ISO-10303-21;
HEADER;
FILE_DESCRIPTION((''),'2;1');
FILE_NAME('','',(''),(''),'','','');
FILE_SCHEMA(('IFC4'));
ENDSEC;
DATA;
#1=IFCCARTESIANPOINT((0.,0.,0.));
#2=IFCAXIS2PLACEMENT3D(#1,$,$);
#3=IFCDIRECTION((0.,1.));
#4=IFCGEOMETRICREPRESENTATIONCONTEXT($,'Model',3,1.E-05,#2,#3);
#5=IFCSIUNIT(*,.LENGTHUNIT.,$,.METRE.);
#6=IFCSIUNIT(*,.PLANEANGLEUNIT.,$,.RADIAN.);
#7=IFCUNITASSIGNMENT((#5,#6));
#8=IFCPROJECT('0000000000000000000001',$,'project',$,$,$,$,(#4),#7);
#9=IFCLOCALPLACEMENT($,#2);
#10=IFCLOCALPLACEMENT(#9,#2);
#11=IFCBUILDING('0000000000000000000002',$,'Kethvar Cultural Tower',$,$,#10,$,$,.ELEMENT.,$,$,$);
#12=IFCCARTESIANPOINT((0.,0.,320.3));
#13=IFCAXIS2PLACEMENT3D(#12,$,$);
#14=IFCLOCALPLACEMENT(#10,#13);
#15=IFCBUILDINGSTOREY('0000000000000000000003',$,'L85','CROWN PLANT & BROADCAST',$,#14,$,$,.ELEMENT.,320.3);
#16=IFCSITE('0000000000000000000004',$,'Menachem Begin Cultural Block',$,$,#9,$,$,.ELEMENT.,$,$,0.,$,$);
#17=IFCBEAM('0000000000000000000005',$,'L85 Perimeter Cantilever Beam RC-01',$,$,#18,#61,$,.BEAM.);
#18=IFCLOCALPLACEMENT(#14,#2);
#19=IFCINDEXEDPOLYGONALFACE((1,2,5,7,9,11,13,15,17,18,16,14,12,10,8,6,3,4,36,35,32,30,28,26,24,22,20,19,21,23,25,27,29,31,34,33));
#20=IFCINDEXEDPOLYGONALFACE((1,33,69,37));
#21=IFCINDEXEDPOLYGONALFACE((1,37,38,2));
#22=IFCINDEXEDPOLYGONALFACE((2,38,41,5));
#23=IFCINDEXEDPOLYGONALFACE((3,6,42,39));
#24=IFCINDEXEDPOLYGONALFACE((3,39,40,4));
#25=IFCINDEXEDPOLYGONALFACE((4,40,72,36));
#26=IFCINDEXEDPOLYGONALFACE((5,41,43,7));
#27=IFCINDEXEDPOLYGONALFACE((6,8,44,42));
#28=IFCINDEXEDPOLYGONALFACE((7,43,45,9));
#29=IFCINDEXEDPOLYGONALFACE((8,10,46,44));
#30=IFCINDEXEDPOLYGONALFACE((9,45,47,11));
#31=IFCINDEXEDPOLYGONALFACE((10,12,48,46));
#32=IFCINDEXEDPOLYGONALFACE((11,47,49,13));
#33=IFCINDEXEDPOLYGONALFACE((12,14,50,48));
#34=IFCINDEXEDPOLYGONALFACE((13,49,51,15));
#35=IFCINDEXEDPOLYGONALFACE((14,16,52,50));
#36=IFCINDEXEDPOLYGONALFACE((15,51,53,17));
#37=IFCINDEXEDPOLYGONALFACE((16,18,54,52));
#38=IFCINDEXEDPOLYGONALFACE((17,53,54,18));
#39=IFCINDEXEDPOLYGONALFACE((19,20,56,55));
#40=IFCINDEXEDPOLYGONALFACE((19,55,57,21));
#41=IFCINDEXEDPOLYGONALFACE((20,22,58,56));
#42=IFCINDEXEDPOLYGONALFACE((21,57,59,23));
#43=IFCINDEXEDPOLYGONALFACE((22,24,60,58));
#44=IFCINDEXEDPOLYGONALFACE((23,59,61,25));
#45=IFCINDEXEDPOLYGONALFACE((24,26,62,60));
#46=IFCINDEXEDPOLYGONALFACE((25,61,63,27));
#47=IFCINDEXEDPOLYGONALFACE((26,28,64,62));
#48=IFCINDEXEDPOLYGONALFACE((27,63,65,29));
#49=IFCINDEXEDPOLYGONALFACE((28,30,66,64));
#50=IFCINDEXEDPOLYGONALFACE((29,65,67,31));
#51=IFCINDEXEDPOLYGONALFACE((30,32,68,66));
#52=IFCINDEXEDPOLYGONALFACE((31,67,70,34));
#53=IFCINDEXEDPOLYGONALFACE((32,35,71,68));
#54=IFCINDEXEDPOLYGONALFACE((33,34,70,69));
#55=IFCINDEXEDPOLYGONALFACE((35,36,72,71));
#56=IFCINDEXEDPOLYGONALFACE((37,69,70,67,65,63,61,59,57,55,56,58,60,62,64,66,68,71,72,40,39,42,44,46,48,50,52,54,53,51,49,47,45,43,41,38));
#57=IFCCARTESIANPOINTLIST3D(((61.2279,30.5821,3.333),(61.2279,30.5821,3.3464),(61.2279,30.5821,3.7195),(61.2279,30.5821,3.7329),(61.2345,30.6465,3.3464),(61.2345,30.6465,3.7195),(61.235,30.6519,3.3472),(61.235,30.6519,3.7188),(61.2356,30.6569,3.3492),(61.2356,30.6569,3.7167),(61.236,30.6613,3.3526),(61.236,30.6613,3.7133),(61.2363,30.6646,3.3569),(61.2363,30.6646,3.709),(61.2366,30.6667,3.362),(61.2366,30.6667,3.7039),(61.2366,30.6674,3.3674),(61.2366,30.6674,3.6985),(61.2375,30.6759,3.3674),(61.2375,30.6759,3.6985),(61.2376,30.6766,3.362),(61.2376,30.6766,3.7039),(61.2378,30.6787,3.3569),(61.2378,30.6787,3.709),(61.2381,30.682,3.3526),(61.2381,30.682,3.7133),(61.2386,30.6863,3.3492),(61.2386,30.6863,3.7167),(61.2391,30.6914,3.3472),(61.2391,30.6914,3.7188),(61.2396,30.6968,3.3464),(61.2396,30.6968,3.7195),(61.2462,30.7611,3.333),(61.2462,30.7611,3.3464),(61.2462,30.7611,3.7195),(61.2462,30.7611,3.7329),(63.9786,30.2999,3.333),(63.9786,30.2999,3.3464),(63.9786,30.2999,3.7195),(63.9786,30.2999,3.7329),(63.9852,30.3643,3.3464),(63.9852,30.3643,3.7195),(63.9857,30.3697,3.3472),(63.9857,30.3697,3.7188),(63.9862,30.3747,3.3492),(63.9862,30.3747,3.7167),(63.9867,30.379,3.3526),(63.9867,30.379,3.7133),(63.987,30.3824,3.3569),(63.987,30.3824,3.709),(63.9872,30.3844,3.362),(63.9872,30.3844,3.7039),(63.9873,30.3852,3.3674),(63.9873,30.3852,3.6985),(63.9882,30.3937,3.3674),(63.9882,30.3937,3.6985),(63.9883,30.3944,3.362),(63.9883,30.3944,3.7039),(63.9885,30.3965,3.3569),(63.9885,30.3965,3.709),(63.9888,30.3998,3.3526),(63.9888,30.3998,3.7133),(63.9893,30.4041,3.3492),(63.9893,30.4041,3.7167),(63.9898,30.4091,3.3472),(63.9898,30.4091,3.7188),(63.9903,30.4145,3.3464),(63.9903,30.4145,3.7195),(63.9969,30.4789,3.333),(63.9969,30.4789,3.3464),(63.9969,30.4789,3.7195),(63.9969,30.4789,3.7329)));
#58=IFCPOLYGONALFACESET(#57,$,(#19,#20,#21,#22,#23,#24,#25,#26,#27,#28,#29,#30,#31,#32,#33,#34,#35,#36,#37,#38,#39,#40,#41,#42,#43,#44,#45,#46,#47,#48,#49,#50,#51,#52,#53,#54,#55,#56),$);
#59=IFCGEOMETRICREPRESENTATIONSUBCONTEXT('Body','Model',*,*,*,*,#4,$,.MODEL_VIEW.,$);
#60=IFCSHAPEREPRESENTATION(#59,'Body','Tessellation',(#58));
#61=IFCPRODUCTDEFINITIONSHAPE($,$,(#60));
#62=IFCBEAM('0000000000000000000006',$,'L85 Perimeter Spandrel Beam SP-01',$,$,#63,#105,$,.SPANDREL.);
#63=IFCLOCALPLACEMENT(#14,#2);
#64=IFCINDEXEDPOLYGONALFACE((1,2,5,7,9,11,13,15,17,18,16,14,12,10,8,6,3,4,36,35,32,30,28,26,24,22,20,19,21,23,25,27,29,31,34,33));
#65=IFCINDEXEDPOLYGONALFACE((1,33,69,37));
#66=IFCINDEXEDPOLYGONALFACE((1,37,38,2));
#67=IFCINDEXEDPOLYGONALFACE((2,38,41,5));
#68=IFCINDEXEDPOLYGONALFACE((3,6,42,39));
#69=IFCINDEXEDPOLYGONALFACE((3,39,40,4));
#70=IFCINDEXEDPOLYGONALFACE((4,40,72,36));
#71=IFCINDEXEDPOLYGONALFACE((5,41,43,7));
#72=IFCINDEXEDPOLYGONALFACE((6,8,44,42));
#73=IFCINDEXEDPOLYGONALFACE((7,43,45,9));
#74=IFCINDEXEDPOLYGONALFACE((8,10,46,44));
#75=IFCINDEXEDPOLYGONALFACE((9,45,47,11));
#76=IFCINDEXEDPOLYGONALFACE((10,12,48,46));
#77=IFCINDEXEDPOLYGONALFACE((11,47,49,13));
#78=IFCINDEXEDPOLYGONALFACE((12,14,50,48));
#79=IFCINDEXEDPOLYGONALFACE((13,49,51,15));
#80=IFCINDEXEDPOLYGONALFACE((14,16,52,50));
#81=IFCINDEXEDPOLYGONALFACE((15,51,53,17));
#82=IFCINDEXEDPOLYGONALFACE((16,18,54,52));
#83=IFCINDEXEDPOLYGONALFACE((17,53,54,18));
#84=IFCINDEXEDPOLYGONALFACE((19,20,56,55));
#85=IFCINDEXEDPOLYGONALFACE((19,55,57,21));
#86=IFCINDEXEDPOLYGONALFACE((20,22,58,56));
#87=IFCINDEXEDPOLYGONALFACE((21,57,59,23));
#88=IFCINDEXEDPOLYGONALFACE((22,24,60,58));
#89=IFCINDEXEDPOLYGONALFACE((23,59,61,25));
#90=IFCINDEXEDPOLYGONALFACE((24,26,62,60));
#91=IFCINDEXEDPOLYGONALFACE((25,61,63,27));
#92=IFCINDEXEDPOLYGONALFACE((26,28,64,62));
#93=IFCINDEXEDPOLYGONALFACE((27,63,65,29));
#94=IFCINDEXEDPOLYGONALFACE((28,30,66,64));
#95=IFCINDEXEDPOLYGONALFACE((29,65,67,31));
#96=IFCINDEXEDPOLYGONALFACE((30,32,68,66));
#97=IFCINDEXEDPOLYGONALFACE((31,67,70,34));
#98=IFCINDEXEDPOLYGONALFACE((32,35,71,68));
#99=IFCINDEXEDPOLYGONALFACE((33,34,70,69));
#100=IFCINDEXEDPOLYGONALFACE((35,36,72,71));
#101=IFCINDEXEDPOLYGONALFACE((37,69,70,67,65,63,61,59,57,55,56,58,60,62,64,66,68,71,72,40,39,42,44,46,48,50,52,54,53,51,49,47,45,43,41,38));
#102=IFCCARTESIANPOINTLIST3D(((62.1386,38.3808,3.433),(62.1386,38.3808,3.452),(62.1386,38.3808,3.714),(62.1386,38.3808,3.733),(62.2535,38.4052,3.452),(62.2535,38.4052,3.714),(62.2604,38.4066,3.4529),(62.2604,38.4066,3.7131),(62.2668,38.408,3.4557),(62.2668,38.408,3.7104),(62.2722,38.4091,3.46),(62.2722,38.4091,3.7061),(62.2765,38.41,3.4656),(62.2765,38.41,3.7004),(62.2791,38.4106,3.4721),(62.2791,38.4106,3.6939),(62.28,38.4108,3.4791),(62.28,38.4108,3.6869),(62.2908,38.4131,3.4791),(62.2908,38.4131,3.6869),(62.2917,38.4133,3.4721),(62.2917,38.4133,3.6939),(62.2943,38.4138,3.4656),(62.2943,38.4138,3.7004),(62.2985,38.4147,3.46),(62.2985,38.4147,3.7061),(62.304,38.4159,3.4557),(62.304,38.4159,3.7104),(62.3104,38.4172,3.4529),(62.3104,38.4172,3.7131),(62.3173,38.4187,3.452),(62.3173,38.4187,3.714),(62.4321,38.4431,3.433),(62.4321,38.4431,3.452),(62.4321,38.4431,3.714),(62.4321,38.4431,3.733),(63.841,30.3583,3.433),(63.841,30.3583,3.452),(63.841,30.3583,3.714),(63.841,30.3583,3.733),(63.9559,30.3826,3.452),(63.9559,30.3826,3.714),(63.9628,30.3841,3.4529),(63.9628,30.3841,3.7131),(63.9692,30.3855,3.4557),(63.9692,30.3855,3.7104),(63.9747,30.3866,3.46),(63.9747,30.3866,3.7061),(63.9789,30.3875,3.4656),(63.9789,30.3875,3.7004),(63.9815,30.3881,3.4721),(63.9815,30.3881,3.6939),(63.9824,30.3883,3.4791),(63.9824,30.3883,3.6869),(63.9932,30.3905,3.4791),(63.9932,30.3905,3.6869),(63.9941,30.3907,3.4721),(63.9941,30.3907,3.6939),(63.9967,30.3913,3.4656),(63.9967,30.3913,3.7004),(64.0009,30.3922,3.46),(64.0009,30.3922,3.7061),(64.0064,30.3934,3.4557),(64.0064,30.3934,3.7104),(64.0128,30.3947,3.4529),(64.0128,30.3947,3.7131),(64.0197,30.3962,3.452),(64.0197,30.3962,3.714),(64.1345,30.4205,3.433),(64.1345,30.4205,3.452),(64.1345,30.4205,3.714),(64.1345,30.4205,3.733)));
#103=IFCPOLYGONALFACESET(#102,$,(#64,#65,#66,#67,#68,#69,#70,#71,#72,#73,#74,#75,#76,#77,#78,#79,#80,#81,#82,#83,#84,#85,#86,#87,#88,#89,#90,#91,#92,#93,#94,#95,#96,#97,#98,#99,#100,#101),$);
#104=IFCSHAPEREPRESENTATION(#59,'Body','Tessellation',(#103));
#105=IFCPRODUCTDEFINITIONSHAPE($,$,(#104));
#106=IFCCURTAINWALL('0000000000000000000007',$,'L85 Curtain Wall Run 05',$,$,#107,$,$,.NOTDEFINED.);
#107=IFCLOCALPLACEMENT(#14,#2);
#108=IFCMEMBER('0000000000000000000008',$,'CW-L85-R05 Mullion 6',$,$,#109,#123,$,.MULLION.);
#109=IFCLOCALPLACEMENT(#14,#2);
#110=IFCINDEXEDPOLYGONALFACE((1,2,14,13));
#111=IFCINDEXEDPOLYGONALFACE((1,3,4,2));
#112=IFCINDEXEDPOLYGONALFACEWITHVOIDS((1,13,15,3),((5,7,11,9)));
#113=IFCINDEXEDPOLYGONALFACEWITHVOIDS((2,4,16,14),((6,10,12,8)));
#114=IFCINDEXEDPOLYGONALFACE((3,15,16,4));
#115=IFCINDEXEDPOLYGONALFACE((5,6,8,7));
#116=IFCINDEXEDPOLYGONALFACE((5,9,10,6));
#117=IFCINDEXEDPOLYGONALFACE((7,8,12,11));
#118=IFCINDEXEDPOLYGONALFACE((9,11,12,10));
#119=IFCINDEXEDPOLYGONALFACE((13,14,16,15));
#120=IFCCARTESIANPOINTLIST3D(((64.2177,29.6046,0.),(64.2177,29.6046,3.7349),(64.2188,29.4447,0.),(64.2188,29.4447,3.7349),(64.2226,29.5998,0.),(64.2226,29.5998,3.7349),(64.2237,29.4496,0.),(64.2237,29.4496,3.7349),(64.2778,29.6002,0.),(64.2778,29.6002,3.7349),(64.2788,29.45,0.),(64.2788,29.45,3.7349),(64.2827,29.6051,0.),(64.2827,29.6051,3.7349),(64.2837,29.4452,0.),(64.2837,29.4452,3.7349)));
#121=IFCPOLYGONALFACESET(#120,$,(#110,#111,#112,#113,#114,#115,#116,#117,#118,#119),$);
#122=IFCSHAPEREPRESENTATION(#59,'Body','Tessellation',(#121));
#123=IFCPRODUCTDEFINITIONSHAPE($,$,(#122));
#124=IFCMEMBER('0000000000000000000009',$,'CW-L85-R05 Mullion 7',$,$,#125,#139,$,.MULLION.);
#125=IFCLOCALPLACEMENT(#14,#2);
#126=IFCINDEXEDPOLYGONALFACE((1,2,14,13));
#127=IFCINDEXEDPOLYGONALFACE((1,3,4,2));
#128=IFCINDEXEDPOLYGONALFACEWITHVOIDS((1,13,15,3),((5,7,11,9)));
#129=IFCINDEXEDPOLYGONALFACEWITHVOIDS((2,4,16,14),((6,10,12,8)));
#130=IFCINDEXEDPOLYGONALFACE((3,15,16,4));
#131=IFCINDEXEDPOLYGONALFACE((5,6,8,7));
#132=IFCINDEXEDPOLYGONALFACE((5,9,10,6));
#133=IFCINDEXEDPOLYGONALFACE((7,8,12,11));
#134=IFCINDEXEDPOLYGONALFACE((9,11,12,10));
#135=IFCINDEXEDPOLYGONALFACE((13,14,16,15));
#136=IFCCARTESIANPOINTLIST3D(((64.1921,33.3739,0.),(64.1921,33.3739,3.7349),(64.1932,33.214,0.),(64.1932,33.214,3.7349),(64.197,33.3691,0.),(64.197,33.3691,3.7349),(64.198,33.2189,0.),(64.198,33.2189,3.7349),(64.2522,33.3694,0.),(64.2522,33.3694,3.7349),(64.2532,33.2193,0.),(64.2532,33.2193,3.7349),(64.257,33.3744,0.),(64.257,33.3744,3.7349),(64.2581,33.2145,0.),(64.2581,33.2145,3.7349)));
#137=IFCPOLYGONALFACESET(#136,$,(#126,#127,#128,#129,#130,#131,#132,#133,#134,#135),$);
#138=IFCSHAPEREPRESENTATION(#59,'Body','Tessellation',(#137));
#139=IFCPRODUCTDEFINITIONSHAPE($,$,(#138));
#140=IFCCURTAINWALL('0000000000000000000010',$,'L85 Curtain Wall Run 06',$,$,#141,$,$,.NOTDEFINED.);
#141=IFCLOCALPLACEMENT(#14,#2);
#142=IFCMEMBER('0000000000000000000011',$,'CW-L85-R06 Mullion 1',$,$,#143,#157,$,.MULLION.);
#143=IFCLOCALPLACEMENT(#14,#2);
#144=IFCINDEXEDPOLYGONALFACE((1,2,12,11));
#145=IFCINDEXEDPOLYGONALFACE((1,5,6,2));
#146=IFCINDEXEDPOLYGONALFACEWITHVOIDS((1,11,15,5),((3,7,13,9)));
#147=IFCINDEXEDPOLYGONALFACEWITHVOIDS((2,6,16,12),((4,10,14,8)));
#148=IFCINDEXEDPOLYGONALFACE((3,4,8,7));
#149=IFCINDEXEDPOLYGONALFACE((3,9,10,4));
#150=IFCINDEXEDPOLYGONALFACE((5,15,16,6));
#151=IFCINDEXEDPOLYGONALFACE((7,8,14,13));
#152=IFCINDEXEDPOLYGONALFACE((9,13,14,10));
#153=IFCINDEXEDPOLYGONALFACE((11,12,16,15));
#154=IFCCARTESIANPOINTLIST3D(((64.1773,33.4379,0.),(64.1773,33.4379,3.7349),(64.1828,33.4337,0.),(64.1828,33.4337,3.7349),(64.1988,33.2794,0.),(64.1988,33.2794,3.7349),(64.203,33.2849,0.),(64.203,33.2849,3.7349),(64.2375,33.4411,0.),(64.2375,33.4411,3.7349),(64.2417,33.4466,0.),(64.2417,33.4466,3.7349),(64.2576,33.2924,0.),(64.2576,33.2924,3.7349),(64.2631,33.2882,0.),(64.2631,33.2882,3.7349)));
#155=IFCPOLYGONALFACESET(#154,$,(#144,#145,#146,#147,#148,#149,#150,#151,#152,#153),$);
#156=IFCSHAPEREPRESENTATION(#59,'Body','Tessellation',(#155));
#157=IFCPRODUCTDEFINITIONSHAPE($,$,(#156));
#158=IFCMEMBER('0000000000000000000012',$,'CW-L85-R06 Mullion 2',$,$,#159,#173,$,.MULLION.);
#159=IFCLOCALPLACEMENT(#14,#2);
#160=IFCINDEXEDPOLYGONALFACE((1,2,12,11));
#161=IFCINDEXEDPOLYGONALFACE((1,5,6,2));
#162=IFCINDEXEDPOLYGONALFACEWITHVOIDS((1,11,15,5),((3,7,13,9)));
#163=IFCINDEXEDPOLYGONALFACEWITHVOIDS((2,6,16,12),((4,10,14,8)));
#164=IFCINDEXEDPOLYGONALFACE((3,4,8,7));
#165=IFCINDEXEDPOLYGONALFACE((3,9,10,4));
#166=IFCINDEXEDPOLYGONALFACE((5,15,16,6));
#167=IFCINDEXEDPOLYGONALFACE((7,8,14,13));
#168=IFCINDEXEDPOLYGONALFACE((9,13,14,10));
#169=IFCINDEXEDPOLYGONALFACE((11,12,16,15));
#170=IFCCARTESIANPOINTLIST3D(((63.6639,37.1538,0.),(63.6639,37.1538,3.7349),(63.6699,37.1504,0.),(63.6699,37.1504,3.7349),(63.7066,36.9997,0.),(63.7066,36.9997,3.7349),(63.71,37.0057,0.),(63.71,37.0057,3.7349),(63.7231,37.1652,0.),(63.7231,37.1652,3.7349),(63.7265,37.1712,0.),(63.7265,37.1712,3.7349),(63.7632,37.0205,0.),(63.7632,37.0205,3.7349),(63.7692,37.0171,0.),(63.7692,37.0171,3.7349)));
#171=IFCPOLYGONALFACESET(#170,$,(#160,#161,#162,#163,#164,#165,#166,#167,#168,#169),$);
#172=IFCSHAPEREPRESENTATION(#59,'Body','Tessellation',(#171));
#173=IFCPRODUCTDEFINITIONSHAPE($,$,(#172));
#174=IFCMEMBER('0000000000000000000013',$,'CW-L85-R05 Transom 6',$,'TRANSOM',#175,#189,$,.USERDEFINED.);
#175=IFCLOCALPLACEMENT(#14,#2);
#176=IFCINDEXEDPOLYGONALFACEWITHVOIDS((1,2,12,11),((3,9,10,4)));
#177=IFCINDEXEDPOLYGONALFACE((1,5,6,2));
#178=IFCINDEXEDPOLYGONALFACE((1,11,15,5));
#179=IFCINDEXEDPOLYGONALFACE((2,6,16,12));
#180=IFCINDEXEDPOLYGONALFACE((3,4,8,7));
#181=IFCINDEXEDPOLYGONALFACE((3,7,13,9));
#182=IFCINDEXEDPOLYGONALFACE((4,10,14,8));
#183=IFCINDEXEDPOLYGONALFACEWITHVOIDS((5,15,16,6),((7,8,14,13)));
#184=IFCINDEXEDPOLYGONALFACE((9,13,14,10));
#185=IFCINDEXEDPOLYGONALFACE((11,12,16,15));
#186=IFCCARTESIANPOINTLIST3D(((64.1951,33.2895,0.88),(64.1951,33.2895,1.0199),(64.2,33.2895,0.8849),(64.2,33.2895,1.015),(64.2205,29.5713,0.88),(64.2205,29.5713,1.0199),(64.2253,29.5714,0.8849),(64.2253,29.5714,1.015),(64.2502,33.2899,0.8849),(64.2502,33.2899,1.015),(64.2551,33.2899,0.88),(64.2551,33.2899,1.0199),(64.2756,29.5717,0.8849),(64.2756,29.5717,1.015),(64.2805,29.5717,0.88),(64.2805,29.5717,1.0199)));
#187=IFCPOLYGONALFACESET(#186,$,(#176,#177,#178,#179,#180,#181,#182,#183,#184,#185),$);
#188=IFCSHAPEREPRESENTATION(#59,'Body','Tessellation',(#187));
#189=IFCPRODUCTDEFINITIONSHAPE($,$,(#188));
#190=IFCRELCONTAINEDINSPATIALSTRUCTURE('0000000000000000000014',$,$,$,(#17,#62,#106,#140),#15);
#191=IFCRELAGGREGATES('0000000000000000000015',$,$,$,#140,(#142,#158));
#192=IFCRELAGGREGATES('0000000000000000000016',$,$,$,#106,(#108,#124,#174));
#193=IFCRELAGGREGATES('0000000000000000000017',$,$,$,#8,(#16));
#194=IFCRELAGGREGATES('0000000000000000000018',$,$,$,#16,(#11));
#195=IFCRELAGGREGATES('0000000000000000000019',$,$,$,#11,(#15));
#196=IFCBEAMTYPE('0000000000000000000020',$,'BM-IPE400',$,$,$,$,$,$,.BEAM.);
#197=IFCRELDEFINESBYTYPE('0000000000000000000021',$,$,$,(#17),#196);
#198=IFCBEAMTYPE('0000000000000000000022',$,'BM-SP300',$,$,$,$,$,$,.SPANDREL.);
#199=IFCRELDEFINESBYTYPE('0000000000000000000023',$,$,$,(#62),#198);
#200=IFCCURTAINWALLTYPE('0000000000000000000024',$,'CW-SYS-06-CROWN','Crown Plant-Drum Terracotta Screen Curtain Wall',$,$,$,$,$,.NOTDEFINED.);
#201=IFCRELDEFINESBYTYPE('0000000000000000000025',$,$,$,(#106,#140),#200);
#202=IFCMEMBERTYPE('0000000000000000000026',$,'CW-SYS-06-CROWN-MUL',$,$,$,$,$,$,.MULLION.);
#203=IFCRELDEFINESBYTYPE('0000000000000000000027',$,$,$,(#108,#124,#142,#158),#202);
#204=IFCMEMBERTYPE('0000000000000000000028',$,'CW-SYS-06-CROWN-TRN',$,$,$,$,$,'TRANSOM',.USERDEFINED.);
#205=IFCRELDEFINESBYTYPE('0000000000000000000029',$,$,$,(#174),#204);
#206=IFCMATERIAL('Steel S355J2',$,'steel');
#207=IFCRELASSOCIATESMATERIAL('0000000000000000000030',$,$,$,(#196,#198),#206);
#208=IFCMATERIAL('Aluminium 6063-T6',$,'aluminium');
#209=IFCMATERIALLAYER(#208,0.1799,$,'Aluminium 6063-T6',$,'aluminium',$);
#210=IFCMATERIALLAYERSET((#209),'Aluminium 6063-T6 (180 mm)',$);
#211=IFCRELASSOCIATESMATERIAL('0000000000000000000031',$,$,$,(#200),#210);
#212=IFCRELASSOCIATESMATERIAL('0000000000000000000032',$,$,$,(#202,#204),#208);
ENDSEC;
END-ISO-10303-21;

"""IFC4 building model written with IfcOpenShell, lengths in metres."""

from ifc_helpers import new_model, si_unit, direction, frame, origin, origin_2d, place, context, subcontext, project, spatial, hollow_rectangle, i_section, extrude, source, transform, mapped, material, layer, layer_set, material_profile, profile_set, type_object, element, aggregate, save


model = new_model("IFC4")

# Units and contexts
model_context = context("Model", 3, precision=1e-05, world=origin(), true_north=direction((0.0, 1.0)))
body_context = subcontext(model_context, "Body", "Model", "MODEL_VIEW")
ifc_project = project(units=[si_unit("LENGTHUNIT", "METRE"), si_unit("PLANEANGLEUNIT", "RADIAN")], contexts=[model_context])

# Site, building, storey
site_placement = place(None, origin())
site = spatial("IfcSite", under=ifc_project, at=site_placement, Name="Menachem Begin Cultural Block", CompositionType="ELEMENT", RefElevation=0.0)
building_placement = place(site_placement, origin())
building = spatial("IfcBuilding", under=site, at=building_placement, Name="Kethvar Cultural Tower", CompositionType="ELEMENT")
storey_placement = place(building_placement, frame((0.0, 0.0, 320.3)))
storey = spatial("IfcBuildingStorey", under=building, at=storey_placement, Name="L85", Description="CROWN PLANT & BROADCAST", CompositionType="ELEMENT", Elevation=320.3)

# Shared definitions
ifc_material_1 = material(Name="Steel S355J2", Category="steel")

# Beams
ifc_material_profile_1 = material_profile(ifc_material_1, i_section(OverallWidth=0.1799, OverallDepth=0.3999, WebThickness=0.0085, FlangeThickness=0.0134, FilletRadius=0.021, at=origin_2d()), Name="Steel S355J2 — IPE400")
ifc_profile_set_1 = profile_set([ifc_material_profile_1], Name="Steel S355J2 — IPE400")
beam_type_1 = type_object("IfcBeamType", Name="BM-IPE400", PredefinedType="BEAM", material=ifc_profile_set_1)
shared_shape_1 = source(origin(), body_context, "Body", "SweptSolid", [
    extrude(i_section(OverallWidth=0.1799, OverallDepth=0.3999, WebThickness=0.0085, FlangeThickness=0.0134, FilletRadius=0.021, at=origin_2d()), origin(), (0.0, 0.0, 1.0), 2.7651),
])
beam_1_placement = place(storey_placement, frame((61.2371, 30.6716, 3.533), z_axis=(0.994778, -0.102065, 0.0), x_axis=(0.102065, 0.994778, 0.0)))
element("IfcBeam", 1, at=beam_1_placement, inside=storey, type_object=beam_type_1, Name="L85 Perimeter Cantilever Beam RC-01", PredefinedType="BEAM", context=body_context, shape_type="MappedRepresentation", body=[
    mapped(shared_shape_1, transform((0.0, 0.0, 0.0), scale=1.0)),
])
ifc_material_profile_2 = material_profile(ifc_material_1, i_section(OverallWidth=0.3, OverallDepth=0.3, WebThickness=0.011, FlangeThickness=0.019, FilletRadius=0.0271, at=origin_2d()), Name="Steel S355J2 — HEB300")
ifc_profile_set_2 = profile_set([ifc_material_profile_2], Name="Steel S355J2 — HEB300")
beam_type_2 = type_object("IfcBeamType", Name="BM-SP300", PredefinedType="SPANDREL", material=ifc_profile_set_2)
shared_shape_2 = source(origin(), body_context, "Body", "SweptSolid", [
    extrude(i_section(OverallWidth=0.3, OverallDepth=0.3, WebThickness=0.011, FlangeThickness=0.019, FilletRadius=0.0271, at=origin_2d()), origin(), (0.0, 0.0, 1.0), 8.2012),
])
beam_2_placement = place(storey_placement, frame((63.9878, 30.3894, 3.583), z_axis=(-0.207581, 0.978218, 0.0), x_axis=(-0.978218, -0.207581, 0.0)))
element("IfcBeam", 2, at=beam_2_placement, inside=storey, type_object=beam_type_2, Name="L85 Perimeter Spandrel Beam SP-01", PredefinedType="SPANDREL", context=body_context, shape_type="MappedRepresentation", body=[
    mapped(shared_shape_2, transform((0.0, 0.0, 0.0), scale=1.0)),
])

# Curtain walls, members
ifc_material_2 = material(Name="Aluminium 6063-T6", Category="aluminium")
ifc_layer_1 = layer(ifc_material_2, 0.1799, Name="Aluminium 6063-T6", Category="aluminium")
ifc_layer_set_1 = layer_set([ifc_layer_1], Name="Aluminium 6063-T6 (180 mm)")
curtain_wall_type = type_object("IfcCurtainWallType", Name="CW-SYS-06-CROWN", Description="Crown Plant-Drum Terracotta Screen Curtain Wall", PredefinedType="NOTDEFINED", material=ifc_layer_set_1)
curtain_wall_1_placement = place(storey_placement, origin())
curtain_wall_1 = element("IfcCurtainWall", 3, at=curtain_wall_1_placement, inside=storey, type_object=curtain_wall_type, Name="L85 Curtain Wall Run 05", PredefinedType="NOTDEFINED")
ifc_material_profile_3 = material_profile(ifc_material_2, hollow_rectangle(XDim=0.0649, YDim=0.1599, WallThickness=0.0049, at=origin_2d()), Name="Aluminium 6063-T6 — RHS160x65x5")
ifc_profile_set_3 = profile_set([ifc_material_profile_3], Name="Aluminium 6063-T6 — RHS160x65x5")
member_type_1 = type_object("IfcMemberType", Name="CW-SYS-06-CROWN-MUL", PredefinedType="MULLION", material=ifc_profile_set_3)
shared_shape_3 = source(origin(), body_context, "Body", "SweptSolid", [
    extrude(hollow_rectangle(XDim=0.0649, YDim=0.1599, WallThickness=0.0049, at=origin_2d()), origin(), (0.0, 0.0, 1.0), 3.7349),
])
member_1_placement = place(storey_placement, frame((64.2507, 29.5249, 0.0), z_axis=(0.0, 0.0, 1.0), x_axis=(-0.999977, -0.006842, 0.0)))
member_1 = element("IfcMember", 4, at=member_1_placement, type_object=member_type_1, Name="CW-L85-R05 Mullion 6", PredefinedType="MULLION", context=body_context, shape_type="MappedRepresentation", body=[
    mapped(shared_shape_3, transform((0.0, 0.0, 0.0), scale=1.0)),
])
member_2_placement = place(storey_placement, frame((64.2251, 33.2942, 0.0), z_axis=(0.0, 0.0, 1.0), x_axis=(-0.999977, -0.006842, 0.0)))
member_2 = element("IfcMember", 5, at=member_2_placement, type_object=member_type_1, Name="CW-L85-R05 Mullion 7", PredefinedType="MULLION", context=body_context, shape_type="MappedRepresentation", body=[
    mapped(shared_shape_3, transform((0.0, 0.0, 0.0), scale=1.0)),
])
curtain_wall_2_placement = place(storey_placement, origin())
curtain_wall_2 = element("IfcCurtainWall", 6, at=curtain_wall_2_placement, inside=storey, type_object=curtain_wall_type, Name="L85 Curtain Wall Run 06", PredefinedType="NOTDEFINED")
member_3_placement = place(storey_placement, frame((64.2202, 33.363, 0.0), z_axis=(0.0, 0.0, 1.0), x_axis=(-0.990936, -0.134332, 0.0)))
member_3 = element("IfcMember", 7, at=member_3_placement, type_object=member_type_1, Name="CW-L85-R06 Mullion 1", PredefinedType="MULLION", context=body_context, shape_type="MappedRepresentation", body=[
    mapped(shared_shape_3, transform((0.0, 0.0, 0.0), scale=1.0)),
])
member_4_placement = place(storey_placement, frame((63.7166, 37.0854, 0.0), z_axis=(0.0, 0.0, 1.0), x_axis=(-0.96377, -0.266734, 0.0)))
member_4 = element("IfcMember", 8, at=member_4_placement, type_object=member_type_1, Name="CW-L85-R06 Mullion 2", PredefinedType="MULLION", context=body_context, shape_type="MappedRepresentation", body=[
    mapped(shared_shape_3, transform((0.0, 0.0, 0.0), scale=1.0)),
])

# Member
ifc_material_profile_4 = material_profile(ifc_material_2, hollow_rectangle(XDim=0.0601, YDim=0.1399, WallThickness=0.0049, at=origin_2d()), Name="Aluminium 6063-T6 — RHS140x60x5")
ifc_profile_set_4 = profile_set([ifc_material_profile_4], Name="Aluminium 6063-T6 — RHS140x60x5")
member_type_2 = type_object("IfcMemberType", Name="CW-SYS-06-CROWN-TRN", ElementType="TRANSOM", PredefinedType="USERDEFINED", material=ifc_profile_set_4)
shared_shape_4 = source(origin(), body_context, "Body", "SweptSolid", [
    extrude(hollow_rectangle(XDim=0.0601, YDim=0.1399, WallThickness=0.0049, at=origin_2d()), origin(), (0.0, 0.0, 1.0), 3.7183),
])
member_5_placement = place(storey_placement, frame((64.2505, 29.5715, 0.95), z_axis=(-0.006828, 0.999977, 0.0), x_axis=(-0.999977, -0.006828, 0.0)))
member_5 = element("IfcMember", 9, at=member_5_placement, type_object=member_type_2, Name="CW-L85-R05 Transom 6", ObjectType="TRANSOM", PredefinedType="USERDEFINED", context=body_context, shape_type="MappedRepresentation", body=[
    mapped(shared_shape_4, transform((0.0, 0.0, 0.0), scale=1.0)),
])

aggregate(curtain_wall_2, [member_3, member_4])
aggregate(curtain_wall_1, [member_1, member_2, member_5])

save(model, "model.ifc")
